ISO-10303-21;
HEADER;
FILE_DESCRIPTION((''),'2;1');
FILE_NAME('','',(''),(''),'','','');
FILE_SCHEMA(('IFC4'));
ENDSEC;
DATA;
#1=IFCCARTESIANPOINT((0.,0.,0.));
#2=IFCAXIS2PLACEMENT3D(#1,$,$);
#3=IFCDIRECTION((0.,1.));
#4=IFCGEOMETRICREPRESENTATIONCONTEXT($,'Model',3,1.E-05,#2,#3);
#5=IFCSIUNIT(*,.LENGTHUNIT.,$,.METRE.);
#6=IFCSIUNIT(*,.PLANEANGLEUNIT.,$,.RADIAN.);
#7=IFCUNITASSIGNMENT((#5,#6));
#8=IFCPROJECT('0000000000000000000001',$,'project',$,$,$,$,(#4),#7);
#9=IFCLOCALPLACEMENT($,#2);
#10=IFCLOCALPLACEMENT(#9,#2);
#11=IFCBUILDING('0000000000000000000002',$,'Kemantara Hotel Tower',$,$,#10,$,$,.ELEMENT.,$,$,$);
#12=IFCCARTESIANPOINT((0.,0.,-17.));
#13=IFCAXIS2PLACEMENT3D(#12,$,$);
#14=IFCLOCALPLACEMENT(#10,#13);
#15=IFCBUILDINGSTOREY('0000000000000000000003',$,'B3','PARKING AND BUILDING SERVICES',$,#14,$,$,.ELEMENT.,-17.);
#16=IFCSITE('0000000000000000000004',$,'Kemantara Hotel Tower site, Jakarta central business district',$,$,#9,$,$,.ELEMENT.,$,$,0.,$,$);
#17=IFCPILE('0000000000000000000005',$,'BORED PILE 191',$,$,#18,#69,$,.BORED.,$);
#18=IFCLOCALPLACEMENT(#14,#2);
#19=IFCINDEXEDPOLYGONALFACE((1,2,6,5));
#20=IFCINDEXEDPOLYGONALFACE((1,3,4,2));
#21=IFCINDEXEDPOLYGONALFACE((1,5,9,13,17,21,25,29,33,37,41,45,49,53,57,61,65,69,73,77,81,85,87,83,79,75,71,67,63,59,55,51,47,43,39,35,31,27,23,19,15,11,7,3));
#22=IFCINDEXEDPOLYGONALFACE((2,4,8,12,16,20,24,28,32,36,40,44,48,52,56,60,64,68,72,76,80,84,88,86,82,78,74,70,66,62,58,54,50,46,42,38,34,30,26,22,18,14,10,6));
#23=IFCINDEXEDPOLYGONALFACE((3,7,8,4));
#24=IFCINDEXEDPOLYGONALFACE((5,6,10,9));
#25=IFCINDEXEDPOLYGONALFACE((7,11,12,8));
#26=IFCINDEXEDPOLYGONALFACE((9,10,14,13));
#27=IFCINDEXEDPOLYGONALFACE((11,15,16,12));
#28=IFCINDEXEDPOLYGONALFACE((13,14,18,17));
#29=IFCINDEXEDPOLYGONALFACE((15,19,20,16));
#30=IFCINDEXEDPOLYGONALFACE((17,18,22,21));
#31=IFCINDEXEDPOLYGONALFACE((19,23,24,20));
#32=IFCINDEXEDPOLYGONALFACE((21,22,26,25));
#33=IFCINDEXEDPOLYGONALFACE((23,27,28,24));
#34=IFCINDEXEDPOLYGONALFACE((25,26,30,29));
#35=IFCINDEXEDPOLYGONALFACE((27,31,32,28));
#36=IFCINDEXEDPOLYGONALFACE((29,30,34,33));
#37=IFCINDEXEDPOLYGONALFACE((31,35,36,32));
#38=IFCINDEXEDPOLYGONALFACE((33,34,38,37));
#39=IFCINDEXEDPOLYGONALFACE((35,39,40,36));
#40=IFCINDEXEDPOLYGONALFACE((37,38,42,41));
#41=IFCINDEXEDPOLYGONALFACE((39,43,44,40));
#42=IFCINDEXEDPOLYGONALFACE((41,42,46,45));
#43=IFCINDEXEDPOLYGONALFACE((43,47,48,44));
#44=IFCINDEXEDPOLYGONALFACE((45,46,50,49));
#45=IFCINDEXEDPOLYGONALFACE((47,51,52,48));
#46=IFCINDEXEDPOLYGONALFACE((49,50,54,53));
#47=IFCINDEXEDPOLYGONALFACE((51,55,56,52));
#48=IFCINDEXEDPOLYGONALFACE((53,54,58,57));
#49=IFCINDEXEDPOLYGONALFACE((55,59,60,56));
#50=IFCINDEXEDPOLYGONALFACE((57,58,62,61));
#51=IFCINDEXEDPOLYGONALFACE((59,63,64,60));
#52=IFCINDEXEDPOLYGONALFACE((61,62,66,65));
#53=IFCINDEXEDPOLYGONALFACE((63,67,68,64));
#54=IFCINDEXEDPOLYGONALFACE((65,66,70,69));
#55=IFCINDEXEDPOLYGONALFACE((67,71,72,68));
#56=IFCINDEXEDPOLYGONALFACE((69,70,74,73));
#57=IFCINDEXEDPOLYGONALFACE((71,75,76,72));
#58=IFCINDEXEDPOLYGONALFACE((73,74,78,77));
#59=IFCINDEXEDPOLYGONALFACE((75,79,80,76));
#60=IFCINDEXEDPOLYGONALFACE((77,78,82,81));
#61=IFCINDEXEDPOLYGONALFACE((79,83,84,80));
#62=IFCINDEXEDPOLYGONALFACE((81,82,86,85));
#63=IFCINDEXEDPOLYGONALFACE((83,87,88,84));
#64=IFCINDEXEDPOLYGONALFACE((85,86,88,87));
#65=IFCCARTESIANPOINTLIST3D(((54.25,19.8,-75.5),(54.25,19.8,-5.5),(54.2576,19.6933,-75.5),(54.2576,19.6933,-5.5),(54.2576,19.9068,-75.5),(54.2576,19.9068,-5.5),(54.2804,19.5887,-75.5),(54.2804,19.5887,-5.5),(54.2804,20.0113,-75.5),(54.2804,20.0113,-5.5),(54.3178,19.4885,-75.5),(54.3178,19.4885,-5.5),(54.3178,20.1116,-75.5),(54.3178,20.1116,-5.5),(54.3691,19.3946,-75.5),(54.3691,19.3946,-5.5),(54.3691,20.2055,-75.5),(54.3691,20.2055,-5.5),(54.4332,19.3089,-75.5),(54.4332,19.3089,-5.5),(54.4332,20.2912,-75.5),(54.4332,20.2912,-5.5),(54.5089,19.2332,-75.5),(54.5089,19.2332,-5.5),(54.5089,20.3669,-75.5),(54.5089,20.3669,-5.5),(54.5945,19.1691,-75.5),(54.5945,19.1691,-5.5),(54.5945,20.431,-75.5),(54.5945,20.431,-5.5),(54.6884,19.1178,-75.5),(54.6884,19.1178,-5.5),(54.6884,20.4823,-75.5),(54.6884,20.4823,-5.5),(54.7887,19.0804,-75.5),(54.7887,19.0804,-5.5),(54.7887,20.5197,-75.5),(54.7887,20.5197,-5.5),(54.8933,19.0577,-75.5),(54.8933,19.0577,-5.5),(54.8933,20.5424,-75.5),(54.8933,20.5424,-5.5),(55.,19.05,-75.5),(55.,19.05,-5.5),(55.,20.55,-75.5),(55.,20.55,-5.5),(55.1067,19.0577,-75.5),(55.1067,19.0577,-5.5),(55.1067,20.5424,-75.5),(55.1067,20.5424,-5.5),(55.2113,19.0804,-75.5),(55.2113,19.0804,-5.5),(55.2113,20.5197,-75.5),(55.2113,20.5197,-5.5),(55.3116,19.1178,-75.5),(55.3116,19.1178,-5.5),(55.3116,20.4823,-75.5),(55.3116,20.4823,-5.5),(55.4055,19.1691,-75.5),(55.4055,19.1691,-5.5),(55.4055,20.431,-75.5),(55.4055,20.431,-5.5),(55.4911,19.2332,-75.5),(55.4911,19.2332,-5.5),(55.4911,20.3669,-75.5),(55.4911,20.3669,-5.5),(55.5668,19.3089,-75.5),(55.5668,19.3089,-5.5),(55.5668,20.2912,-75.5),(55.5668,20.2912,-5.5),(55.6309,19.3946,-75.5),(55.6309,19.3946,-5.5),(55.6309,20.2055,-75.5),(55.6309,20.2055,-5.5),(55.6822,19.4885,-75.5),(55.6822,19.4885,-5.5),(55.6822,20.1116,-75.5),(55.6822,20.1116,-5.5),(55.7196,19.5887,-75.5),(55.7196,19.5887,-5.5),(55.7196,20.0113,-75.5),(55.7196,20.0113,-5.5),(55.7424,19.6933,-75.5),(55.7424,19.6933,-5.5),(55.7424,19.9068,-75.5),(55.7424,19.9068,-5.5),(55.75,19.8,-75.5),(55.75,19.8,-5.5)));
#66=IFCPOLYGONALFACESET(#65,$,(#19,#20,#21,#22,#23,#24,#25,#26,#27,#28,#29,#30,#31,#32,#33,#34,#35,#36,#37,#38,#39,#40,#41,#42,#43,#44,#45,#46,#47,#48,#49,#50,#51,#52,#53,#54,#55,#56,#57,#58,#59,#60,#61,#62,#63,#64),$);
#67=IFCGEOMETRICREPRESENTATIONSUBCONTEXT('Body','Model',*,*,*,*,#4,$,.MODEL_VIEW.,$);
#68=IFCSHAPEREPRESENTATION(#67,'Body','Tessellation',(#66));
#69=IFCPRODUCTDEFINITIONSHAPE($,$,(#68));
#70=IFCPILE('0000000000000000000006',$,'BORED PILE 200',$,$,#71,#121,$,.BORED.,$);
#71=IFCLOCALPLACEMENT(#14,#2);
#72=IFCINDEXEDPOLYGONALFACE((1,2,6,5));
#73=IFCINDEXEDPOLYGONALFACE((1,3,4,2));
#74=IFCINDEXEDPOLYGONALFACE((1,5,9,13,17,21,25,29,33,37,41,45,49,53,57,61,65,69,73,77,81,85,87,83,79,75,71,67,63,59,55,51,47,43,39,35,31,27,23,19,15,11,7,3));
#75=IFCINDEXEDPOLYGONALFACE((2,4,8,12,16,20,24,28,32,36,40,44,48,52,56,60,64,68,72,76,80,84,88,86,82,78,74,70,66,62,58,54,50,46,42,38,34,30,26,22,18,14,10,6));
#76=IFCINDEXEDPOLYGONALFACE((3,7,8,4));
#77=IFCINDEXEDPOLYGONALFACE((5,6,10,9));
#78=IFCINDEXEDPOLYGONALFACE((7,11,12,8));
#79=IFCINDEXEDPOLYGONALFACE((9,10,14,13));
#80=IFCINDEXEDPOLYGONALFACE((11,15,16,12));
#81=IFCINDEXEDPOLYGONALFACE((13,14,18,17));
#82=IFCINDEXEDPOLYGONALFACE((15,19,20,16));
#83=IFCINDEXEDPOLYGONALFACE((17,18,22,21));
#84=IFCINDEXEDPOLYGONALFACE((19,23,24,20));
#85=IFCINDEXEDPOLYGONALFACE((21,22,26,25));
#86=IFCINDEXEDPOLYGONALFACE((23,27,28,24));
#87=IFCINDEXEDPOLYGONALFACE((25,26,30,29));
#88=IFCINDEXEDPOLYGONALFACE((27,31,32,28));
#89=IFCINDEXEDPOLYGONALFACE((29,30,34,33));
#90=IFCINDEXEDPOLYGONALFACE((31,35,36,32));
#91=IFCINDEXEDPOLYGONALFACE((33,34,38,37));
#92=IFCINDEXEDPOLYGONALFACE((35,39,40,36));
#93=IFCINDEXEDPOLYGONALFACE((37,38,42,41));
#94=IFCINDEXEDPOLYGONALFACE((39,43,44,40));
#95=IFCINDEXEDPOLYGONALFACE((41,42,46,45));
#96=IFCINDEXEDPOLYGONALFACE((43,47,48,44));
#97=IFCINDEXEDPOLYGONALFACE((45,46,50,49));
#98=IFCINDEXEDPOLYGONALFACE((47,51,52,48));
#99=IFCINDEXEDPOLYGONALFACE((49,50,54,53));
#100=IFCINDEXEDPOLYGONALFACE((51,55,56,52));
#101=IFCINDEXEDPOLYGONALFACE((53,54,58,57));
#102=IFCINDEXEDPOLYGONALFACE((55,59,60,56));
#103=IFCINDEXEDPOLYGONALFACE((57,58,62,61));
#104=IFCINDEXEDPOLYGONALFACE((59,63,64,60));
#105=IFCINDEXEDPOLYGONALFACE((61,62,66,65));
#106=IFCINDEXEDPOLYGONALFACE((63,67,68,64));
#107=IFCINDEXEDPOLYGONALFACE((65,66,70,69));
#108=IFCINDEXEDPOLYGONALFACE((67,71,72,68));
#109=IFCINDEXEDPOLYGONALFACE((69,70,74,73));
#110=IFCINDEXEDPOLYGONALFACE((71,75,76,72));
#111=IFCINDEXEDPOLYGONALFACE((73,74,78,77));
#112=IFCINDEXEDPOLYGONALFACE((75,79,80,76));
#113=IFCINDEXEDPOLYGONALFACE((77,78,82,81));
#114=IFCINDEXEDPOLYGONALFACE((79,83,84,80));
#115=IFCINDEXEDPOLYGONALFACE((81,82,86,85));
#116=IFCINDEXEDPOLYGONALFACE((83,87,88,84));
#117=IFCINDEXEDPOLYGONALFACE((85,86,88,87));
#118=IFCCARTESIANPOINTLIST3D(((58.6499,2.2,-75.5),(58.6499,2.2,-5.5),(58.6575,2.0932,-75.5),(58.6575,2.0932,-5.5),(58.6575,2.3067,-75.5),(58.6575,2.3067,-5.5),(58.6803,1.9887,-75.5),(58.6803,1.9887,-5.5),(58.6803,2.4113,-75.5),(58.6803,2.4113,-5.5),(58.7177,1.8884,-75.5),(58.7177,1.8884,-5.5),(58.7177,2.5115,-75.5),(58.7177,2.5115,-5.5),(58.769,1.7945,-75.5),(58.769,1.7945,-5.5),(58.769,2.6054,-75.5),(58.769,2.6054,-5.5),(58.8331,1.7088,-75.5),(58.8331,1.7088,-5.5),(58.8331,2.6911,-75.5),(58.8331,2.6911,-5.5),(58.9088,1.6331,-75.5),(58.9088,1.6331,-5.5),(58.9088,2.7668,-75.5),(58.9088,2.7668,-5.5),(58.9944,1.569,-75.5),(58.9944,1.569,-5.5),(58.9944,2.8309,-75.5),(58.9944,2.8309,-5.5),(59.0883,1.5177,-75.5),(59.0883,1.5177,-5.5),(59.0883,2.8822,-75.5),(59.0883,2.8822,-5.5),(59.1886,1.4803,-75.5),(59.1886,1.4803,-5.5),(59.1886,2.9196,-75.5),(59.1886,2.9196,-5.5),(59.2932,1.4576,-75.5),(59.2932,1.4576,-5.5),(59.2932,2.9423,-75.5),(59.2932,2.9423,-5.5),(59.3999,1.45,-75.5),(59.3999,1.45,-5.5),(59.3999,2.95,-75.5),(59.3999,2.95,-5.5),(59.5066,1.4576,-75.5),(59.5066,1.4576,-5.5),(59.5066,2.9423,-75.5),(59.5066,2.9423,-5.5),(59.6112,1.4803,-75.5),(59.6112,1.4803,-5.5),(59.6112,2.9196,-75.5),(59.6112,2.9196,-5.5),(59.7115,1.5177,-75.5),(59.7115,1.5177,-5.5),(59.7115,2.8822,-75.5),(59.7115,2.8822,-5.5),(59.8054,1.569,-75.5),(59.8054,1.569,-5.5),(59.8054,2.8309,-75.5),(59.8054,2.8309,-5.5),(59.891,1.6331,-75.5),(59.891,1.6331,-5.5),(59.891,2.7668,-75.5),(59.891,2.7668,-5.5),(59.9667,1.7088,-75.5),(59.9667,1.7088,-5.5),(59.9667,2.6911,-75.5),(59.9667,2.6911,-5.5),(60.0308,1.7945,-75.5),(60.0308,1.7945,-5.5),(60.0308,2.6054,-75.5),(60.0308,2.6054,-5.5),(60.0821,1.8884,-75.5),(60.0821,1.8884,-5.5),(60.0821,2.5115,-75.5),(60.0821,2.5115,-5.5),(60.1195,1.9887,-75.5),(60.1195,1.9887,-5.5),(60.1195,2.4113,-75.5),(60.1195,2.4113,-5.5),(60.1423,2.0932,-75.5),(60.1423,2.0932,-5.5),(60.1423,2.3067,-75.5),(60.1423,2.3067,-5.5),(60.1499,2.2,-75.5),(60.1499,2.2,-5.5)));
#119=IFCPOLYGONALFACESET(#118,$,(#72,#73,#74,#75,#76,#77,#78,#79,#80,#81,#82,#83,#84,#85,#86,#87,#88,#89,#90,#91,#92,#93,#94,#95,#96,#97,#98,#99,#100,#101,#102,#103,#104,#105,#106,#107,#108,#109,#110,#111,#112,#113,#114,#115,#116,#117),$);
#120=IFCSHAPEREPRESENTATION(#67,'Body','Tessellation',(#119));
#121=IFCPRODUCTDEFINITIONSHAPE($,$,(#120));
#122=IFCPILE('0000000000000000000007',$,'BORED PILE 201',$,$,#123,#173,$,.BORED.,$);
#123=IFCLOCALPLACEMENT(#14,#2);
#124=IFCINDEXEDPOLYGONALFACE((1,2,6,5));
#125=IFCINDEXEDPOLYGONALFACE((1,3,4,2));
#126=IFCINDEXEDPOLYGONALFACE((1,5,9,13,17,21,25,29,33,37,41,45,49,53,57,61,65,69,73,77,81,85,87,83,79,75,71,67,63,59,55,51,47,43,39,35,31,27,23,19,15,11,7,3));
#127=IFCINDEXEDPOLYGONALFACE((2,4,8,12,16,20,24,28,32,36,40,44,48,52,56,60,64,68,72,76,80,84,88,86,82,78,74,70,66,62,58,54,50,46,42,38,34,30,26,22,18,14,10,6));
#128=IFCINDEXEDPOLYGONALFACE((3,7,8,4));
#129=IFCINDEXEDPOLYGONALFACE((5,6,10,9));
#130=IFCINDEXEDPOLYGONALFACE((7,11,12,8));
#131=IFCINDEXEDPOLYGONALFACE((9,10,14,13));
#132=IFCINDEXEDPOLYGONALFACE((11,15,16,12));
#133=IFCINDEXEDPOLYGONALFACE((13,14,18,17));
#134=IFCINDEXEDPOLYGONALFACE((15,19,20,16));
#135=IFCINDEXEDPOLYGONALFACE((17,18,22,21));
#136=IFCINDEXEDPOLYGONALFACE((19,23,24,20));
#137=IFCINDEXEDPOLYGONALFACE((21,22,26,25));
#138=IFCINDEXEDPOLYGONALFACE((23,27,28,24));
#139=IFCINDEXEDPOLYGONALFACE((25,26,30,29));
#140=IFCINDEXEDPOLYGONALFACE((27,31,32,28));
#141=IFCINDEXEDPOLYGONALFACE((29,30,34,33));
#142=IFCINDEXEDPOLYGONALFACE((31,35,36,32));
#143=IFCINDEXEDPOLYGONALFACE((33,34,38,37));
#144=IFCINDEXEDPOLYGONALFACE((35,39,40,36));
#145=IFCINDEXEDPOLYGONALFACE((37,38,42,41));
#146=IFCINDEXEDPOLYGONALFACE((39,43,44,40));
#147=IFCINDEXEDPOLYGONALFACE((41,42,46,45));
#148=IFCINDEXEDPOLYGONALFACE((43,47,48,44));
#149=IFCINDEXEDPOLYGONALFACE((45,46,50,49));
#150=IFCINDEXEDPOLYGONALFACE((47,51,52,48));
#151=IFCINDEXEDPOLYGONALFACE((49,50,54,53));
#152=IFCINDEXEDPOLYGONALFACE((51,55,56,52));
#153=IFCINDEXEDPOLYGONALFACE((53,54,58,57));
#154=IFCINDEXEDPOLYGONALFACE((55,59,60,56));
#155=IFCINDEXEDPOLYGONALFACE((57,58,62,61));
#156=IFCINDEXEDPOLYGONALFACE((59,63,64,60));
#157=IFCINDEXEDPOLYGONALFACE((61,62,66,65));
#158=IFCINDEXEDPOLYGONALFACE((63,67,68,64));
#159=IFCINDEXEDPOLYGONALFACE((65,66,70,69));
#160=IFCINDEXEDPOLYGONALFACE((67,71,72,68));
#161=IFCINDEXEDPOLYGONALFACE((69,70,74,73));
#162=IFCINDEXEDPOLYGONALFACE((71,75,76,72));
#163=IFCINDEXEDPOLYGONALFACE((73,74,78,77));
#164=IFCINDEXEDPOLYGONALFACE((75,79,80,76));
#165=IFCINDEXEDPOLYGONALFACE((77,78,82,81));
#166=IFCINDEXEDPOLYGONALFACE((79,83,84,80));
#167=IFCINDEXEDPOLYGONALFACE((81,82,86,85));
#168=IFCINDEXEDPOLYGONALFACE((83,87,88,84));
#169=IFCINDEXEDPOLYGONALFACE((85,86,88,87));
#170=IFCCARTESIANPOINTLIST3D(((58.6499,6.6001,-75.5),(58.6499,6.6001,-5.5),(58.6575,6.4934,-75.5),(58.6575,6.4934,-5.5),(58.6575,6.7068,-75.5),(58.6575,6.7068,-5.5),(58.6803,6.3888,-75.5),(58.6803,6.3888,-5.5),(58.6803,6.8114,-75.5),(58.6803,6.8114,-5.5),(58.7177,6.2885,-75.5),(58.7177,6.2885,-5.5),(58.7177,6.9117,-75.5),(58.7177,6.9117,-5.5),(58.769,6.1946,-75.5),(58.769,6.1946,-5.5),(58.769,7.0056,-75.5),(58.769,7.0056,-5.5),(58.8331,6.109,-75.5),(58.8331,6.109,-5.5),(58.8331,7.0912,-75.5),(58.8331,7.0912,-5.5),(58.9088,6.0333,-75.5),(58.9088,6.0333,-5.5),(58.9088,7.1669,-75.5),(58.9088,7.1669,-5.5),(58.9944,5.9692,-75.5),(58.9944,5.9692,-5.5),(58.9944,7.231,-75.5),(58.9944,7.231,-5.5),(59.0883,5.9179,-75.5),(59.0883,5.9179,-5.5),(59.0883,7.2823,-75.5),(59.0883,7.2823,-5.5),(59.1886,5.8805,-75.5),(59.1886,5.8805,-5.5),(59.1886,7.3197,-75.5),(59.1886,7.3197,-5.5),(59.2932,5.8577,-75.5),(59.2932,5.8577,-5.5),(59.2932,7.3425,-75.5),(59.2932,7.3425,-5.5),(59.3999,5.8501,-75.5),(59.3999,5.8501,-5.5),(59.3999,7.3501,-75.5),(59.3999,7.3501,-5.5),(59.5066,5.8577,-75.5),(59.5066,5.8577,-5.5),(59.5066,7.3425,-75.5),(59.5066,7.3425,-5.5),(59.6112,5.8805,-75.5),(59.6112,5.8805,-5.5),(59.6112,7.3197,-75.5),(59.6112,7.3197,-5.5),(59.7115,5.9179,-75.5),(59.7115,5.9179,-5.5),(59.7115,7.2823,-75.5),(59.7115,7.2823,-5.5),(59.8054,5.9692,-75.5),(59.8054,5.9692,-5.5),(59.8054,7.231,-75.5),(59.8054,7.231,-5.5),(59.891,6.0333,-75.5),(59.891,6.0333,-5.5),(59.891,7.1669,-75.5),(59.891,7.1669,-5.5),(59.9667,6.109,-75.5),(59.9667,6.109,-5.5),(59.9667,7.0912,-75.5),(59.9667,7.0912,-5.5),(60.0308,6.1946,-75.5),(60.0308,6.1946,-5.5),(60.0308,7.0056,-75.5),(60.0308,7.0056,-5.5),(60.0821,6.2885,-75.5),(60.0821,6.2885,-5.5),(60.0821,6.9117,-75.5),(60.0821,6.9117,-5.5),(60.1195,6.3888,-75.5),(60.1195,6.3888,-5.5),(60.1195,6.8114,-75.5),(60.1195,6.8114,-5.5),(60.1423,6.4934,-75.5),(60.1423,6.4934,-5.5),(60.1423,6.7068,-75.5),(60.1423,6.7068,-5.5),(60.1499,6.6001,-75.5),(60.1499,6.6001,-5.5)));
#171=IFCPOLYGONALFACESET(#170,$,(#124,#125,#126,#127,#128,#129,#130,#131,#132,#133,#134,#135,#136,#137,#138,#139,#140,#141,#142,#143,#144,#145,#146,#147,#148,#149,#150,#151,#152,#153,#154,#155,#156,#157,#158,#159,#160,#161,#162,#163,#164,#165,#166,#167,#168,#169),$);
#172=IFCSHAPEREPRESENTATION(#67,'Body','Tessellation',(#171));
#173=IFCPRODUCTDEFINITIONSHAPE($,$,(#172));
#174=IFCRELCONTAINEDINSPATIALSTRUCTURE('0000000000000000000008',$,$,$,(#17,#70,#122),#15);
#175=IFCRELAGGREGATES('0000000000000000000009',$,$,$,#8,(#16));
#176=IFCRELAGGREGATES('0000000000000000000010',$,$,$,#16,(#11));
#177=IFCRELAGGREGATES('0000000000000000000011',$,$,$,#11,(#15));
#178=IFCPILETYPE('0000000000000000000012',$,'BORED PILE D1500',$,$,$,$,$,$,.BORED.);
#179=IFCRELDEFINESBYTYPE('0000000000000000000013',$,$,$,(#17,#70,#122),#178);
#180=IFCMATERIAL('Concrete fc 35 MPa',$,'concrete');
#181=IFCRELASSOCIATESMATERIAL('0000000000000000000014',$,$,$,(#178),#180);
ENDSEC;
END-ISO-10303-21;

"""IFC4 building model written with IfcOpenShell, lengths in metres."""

from ifc_helpers import new_model, si_unit, direction, frame, origin, origin_2d, place, context, subcontext, project, spatial, circle, extrude, material, material_profile, profile_set, type_object, element, save


model = new_model("IFC4")

# Units and contexts
model_context = context("Model", 3, precision=1e-05, world=origin(), true_north=direction((0.0, 1.0)))
body_context = subcontext(model_context, "Body", "Model", "MODEL_VIEW")
ifc_project = project(units=[si_unit("LENGTHUNIT", "METRE"), si_unit("PLANEANGLEUNIT", "RADIAN")], contexts=[model_context])

# Site, building, storey
site_placement = place(None, origin())
site = spatial("IfcSite", under=ifc_project, at=site_placement, Name="Kemantara Hotel Tower site, Jakarta central business district", CompositionType="ELEMENT", RefElevation=0.0)
building_placement = place(site_placement, origin())
building = spatial("IfcBuilding", under=site, at=building_placement, Name="Kemantara Hotel Tower", CompositionType="ELEMENT")
storey_placement = place(building_placement, frame((0.0, 0.0, -17.0)))
storey = spatial("IfcBuildingStorey", under=building, at=storey_placement, Name="B3", Description="PARKING AND BUILDING SERVICES", CompositionType="ELEMENT", Elevation=-17.0)

# Piles
ifc_material_1 = material(Name="Concrete fc 35 MPa", Category="concrete")
ifc_material_profile_1 = material_profile(ifc_material_1, circle(Radius=0.75, at=origin_2d()), Name="BORED PILE D1500")
ifc_profile_set_1 = profile_set([ifc_material_profile_1], Name="Concrete fc 35 MPa")
pile_type = type_object("IfcPileType", Name="BORED PILE D1500", PredefinedType="BORED", material=ifc_profile_set_1)
for number, where, z_axis, x_axis, name in (
    (1, (55.0, 19.8, -5.5), (0.0, 0.0, -1.0), (1.0, 0.0, 0.0), "BORED PILE 191"),
    (2, (59.3999, 2.2, -5.5), (0.0, 0.0, -1.0), (1.0, 0.0, 0.0), "BORED PILE 200"),
    (3, (59.3999, 6.6001, -5.5), (0.0, 0.0, -1.0), (1.0, 0.0, 0.0), "BORED PILE 201"),
):
    element("IfcPile", number, at=place(storey_placement, frame(where, z_axis=z_axis, x_axis=x_axis)), inside=storey, type_object=pile_type, Name=name, PredefinedType="BORED", context=body_context, shape_type="SweptSolid", body=[
        extrude(circle(Radius=0.75, at=origin_2d()), origin(), (0.0, 0.0, 1.0), 70.0),
    ])

save(model, "model.ifc")
